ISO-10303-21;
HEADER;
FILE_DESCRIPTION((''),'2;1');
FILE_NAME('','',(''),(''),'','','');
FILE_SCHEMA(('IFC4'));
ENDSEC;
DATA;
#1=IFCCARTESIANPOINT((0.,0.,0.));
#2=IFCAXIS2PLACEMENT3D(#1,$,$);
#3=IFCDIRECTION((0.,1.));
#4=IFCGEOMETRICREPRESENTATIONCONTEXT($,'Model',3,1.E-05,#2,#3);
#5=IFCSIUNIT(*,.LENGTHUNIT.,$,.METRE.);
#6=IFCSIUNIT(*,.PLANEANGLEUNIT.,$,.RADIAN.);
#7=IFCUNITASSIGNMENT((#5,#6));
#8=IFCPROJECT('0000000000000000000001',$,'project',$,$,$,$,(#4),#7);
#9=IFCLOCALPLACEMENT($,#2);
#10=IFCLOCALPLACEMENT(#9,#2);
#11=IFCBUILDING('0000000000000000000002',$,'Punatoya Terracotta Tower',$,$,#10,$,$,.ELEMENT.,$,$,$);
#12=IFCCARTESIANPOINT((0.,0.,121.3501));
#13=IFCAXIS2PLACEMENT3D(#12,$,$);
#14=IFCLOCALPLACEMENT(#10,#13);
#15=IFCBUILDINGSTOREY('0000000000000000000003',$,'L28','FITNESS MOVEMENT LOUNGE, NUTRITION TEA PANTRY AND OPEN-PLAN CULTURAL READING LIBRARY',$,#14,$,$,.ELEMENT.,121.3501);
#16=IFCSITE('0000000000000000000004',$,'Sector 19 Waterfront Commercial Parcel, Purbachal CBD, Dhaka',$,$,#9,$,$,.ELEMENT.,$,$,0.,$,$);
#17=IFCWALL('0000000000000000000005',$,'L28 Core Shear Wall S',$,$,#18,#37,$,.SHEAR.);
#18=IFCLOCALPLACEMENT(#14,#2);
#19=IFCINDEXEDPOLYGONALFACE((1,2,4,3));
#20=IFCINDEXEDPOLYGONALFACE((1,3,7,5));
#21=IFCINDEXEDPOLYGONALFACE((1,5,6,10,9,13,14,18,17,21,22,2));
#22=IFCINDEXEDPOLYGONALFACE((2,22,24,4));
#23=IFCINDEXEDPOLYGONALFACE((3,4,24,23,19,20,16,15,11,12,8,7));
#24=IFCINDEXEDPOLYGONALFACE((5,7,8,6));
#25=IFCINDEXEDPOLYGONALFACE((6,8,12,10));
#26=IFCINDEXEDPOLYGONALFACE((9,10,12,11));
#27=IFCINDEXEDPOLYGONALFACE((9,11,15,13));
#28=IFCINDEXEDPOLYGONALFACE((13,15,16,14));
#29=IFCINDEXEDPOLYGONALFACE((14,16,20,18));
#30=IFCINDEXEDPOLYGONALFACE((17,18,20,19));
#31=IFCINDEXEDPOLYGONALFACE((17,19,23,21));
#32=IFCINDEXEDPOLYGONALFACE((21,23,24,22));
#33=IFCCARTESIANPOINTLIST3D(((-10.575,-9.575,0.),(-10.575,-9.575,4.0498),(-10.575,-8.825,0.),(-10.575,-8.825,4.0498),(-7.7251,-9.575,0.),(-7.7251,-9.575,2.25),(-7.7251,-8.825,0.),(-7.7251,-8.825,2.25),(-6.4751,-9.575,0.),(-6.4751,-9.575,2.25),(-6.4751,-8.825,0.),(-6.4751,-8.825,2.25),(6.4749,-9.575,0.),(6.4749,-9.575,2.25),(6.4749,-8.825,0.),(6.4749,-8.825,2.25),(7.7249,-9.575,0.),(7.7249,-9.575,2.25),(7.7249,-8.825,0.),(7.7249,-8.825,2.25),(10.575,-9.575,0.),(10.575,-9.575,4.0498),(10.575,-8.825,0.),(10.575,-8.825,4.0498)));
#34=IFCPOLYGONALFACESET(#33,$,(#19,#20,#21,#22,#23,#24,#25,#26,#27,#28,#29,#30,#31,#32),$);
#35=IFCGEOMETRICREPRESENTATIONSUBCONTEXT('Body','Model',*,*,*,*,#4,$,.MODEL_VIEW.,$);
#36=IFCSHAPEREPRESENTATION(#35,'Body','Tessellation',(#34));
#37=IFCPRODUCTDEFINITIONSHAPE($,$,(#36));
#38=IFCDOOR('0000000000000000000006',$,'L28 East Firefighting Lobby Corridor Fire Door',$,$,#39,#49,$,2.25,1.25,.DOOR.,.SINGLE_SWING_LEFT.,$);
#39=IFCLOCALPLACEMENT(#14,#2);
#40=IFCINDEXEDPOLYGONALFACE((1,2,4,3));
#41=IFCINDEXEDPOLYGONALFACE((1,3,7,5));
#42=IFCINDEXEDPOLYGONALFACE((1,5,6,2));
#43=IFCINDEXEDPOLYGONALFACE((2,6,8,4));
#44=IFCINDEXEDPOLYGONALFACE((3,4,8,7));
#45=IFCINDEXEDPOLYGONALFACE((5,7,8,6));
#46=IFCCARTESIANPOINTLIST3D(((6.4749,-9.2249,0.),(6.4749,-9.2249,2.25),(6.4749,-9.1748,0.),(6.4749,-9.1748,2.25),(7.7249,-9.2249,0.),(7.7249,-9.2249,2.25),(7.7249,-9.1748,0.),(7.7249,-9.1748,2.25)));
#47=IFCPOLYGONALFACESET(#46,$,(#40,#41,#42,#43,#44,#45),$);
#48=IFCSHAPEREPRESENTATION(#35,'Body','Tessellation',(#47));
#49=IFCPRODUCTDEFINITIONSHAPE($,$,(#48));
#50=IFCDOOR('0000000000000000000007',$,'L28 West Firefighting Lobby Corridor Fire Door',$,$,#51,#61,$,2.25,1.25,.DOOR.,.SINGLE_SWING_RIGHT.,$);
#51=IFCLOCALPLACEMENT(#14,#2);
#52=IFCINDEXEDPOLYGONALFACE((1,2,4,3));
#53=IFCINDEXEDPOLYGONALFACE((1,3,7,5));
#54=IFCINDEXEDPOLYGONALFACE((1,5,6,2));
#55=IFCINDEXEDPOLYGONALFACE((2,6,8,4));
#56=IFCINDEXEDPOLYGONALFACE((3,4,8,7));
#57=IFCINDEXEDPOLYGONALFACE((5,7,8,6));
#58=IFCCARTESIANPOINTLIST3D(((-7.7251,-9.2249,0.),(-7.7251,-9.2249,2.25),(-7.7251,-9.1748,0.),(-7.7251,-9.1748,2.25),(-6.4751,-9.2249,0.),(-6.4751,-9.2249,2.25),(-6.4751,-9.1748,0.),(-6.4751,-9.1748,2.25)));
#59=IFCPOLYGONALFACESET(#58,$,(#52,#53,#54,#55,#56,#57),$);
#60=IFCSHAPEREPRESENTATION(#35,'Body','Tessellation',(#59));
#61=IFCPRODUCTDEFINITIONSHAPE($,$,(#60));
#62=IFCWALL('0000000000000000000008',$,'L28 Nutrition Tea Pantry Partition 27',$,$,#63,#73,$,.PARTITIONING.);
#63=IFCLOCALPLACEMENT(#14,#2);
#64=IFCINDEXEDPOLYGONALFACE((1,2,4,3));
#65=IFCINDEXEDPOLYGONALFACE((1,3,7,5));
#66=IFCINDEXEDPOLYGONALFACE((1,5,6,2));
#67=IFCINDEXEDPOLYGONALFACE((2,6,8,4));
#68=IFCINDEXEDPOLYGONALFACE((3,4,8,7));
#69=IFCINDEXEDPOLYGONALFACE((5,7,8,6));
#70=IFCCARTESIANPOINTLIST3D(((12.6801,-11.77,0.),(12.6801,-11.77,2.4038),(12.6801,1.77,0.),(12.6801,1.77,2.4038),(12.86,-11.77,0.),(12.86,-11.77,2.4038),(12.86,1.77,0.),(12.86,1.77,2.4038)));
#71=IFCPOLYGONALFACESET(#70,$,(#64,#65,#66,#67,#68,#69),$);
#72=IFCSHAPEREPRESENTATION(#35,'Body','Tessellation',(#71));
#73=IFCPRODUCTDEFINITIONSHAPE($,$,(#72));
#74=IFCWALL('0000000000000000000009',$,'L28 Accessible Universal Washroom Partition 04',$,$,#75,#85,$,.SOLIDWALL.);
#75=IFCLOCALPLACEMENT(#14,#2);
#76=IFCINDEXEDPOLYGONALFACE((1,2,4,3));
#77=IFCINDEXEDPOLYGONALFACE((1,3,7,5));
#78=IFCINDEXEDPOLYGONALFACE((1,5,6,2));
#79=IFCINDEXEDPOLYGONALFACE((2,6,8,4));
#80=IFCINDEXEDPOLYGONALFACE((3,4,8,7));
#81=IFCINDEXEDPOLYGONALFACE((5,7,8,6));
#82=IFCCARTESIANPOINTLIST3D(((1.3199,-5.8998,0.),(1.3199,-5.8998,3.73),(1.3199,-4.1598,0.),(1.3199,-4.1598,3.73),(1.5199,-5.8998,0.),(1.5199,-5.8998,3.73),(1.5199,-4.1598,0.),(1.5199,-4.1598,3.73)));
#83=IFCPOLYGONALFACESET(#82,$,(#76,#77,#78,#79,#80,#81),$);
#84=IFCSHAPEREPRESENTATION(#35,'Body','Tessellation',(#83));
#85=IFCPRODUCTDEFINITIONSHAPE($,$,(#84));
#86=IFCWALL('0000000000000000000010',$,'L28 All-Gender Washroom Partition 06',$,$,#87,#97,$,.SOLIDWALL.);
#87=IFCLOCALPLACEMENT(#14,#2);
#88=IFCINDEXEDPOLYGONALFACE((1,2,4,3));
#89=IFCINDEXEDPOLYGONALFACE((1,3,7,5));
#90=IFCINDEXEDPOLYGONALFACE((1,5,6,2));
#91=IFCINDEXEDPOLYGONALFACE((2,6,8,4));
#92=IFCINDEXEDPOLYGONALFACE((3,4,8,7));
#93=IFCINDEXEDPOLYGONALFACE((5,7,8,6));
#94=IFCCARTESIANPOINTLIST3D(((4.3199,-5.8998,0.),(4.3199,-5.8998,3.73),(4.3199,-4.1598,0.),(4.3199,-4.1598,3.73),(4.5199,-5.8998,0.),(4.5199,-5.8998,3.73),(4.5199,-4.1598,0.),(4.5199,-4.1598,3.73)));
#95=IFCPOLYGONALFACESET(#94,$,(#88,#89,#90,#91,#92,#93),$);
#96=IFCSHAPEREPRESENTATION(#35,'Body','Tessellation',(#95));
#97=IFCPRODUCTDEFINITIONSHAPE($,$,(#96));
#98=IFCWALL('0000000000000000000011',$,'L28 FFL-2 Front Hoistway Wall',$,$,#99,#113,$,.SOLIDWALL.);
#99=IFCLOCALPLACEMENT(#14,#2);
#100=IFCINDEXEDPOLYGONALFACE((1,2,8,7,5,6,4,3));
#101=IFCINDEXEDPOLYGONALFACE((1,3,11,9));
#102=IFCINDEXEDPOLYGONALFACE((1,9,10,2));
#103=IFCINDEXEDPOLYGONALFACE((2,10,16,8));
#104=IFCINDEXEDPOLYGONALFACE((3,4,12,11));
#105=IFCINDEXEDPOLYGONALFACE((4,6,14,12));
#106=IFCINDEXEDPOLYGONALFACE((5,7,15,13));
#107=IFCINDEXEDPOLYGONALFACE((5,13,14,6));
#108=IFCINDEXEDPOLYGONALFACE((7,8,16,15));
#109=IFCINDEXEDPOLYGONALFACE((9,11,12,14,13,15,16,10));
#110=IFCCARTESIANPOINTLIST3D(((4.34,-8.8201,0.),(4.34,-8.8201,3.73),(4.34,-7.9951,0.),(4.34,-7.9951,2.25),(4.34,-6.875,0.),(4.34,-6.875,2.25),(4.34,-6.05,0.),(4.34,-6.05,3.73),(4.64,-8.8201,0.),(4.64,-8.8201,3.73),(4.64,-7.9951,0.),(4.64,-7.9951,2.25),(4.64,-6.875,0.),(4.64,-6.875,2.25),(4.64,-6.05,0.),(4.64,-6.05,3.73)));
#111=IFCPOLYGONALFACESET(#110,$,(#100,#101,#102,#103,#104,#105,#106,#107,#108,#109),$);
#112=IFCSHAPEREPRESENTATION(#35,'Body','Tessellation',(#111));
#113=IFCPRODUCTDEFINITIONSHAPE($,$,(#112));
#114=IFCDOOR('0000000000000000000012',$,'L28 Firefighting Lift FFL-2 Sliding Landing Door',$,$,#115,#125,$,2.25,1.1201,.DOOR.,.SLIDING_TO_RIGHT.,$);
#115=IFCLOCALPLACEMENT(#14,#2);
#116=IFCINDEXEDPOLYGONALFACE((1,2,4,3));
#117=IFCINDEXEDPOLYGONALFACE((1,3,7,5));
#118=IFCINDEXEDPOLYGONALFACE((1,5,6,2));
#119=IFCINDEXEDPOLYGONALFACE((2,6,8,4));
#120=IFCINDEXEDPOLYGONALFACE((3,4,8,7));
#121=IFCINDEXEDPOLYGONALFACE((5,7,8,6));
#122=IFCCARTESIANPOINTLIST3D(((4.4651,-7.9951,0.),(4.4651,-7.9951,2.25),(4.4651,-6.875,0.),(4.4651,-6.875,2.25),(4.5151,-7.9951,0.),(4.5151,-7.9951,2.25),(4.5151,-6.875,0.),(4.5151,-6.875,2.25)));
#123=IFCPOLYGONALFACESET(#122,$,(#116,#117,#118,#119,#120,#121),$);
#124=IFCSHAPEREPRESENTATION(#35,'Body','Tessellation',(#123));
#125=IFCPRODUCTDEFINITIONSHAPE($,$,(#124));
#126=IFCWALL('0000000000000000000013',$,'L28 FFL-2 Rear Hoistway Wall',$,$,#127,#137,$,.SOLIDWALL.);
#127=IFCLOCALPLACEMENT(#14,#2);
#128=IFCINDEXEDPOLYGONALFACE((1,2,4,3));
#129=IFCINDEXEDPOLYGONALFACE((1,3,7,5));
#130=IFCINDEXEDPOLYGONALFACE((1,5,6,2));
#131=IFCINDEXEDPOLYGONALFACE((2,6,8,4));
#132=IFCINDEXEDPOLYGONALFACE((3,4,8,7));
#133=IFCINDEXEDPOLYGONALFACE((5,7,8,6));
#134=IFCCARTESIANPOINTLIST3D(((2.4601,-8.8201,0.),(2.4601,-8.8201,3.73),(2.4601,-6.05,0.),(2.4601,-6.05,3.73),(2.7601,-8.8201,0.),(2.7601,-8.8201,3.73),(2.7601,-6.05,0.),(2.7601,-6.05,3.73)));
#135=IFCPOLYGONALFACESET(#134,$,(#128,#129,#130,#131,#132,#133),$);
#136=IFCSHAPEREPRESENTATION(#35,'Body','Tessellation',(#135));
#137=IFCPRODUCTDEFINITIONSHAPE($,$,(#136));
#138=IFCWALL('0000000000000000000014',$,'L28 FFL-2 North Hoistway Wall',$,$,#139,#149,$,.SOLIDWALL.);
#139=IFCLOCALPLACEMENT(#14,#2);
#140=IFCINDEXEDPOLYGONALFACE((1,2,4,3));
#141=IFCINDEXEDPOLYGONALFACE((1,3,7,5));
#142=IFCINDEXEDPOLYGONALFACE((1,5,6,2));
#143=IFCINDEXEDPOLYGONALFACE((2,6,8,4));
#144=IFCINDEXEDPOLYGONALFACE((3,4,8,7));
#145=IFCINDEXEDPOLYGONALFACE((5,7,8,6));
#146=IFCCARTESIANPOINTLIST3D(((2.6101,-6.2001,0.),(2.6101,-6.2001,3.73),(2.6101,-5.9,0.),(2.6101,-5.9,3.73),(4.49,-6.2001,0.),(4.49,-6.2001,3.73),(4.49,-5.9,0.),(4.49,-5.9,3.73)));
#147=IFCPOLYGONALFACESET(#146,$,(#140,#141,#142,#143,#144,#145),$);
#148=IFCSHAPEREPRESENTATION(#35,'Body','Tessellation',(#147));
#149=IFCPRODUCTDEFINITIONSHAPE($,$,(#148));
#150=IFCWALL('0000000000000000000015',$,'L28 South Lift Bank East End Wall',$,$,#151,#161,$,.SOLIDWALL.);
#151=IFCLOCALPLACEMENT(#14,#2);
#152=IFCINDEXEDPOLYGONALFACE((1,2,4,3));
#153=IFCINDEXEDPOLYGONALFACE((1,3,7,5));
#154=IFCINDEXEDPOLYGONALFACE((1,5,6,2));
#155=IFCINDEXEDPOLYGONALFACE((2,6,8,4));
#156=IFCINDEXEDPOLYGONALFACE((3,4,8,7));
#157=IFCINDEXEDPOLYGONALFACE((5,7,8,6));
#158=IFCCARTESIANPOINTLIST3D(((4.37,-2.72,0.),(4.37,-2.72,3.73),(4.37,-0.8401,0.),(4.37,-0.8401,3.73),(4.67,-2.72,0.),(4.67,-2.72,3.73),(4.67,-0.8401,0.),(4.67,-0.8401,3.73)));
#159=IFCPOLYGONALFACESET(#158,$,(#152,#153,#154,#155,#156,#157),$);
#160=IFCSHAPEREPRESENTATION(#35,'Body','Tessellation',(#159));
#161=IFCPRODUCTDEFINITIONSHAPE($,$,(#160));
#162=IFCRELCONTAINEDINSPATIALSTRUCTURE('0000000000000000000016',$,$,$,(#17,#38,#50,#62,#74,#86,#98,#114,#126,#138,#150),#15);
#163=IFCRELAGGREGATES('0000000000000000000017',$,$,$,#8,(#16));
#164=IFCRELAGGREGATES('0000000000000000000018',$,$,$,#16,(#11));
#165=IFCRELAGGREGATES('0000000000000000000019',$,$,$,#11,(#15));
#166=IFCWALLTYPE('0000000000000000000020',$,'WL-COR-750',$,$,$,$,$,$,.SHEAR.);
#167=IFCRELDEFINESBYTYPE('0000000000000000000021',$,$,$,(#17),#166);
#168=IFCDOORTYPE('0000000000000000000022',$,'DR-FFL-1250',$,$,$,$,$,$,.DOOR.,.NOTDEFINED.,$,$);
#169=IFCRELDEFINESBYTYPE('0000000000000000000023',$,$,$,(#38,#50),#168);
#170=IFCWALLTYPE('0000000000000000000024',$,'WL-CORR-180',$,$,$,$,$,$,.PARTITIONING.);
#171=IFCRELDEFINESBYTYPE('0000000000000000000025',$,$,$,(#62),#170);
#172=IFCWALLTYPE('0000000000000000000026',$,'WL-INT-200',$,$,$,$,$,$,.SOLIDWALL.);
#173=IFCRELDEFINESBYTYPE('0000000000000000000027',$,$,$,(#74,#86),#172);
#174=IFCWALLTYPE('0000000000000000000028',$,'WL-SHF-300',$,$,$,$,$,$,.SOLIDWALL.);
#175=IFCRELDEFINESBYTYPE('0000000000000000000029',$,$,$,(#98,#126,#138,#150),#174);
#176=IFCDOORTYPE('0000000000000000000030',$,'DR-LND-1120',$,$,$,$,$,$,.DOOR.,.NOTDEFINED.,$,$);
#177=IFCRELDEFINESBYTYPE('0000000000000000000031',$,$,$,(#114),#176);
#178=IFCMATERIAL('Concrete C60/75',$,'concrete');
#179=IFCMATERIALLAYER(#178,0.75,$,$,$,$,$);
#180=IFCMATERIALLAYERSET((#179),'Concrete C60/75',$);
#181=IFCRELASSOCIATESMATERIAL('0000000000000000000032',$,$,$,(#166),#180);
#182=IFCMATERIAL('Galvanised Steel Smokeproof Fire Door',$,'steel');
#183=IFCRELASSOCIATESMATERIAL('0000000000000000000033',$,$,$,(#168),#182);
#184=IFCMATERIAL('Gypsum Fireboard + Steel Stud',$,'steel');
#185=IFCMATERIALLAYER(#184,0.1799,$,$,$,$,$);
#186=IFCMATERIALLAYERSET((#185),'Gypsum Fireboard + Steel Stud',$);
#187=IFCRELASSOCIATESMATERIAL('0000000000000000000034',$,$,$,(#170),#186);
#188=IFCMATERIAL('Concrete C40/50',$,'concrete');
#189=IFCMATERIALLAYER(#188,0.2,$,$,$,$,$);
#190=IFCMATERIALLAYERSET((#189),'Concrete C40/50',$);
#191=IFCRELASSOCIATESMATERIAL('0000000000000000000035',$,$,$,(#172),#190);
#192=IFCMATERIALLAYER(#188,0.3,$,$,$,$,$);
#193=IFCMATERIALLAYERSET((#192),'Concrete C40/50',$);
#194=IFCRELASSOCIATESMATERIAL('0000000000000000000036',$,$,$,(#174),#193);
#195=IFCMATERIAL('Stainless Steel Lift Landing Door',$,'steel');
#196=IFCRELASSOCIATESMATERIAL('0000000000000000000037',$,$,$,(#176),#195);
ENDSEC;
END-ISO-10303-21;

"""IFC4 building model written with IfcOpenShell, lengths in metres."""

from ifc_helpers import new_model, si_unit, direction, frame, frame_2d, origin, place, context, subcontext, project, spatial, rectangle, extrude, material, layer, layer_set, type_object, element, fill, save


model = new_model("IFC4")

# Units and contexts
model_context = context("Model", 3, precision=1e-05, world=origin(), true_north=direction((0.0, 1.0)))
body_context = subcontext(model_context, "Body", "Model", "MODEL_VIEW")
ifc_project = project(units=[si_unit("LENGTHUNIT", "METRE"), si_unit("PLANEANGLEUNIT", "RADIAN")], contexts=[model_context])

# Site, building, storey
site_placement = place(None, origin())
site = spatial("IfcSite", under=ifc_project, at=site_placement, Name="Sector 19 Waterfront Commercial Parcel, Purbachal CBD, Dhaka", CompositionType="ELEMENT", RefElevation=0.0)
building_placement = place(site_placement, origin())
building = spatial("IfcBuilding", under=site, at=building_placement, Name="Punatoya Terracotta Tower", CompositionType="ELEMENT")
storey_placement = place(building_placement, frame((0.0, 0.0, 121.3501)))
storey = spatial("IfcBuildingStorey", under=building, at=storey_placement, Name="L28", Description="FITNESS MOVEMENT LOUNGE, NUTRITION TEA PANTRY AND OPEN-PLAN CULTURAL READING LIBRARY", CompositionType="ELEMENT", Elevation=121.3501)

# Wall, openings, doors
ifc_material_1 = material(Name="Concrete C60/75", Category="concrete")
ifc_layer_1 = layer(ifc_material_1, 0.75)
ifc_layer_set_1 = layer_set([ifc_layer_1], Name="Concrete C60/75")
wall_type_1 = type_object("IfcWallType", Name="WL-COR-750", PredefinedType="SHEAR", material=ifc_layer_set_1)
wall_1_placement = place(storey_placement, frame((10.575, -9.2, 0.0), z_axis=(0.0, 0.0, 1.0), x_axis=(-1.0, 0.0, 0.0)))
wall_1 = element("IfcWall", 1, at=wall_1_placement, inside=storey, type_object=wall_type_1, Name="L28 Core Shear Wall S", PredefinedType="SHEAR", context=body_context, shape_type="SweptSolid", body=[
    extrude(rectangle(XDim=21.1499, YDim=0.75, at=frame_2d((10.575, 0.0))), origin(), (0.0, 0.0, 1.0), 4.0498),
])
opening_1_placement = place(wall_1_placement, frame((2.8501, 0.0, 0.0)))
opening_1 = element("IfcOpeningElement", 2, at=opening_1_placement, cuts=wall_1, PredefinedType="OPENING", context=body_context, shape_type="SweptSolid", body=[
    extrude(rectangle(XDim=1.25, YDim=2.25, at=frame_2d((0.625, 1.125))), frame((0.0, 0.385, 0.0), z_axis=(0.0, -1.0, 0.0), x_axis=(1.0, 0.0, 0.0)), (0.0, 0.0, 1.0), 0.77),
])
opening_2_placement = place(wall_1_placement, frame((17.05, 0.0, 0.0)))
opening_2 = element("IfcOpeningElement", 3, at=opening_2_placement, cuts=wall_1, PredefinedType="OPENING", context=body_context, shape_type="SweptSolid", body=[
    extrude(rectangle(XDim=1.25, YDim=2.25, at=frame_2d((0.625, 1.125))), frame((0.0, 0.385, 0.0), z_axis=(0.0, -1.0, 0.0), x_axis=(1.0, 0.0, 0.0)), (0.0, 0.0, 1.0), 0.77),
])
ifc_material_2 = material(Name="Galvanised Steel Smokeproof Fire Door", Category="steel")
door_type_1 = type_object("IfcDoorType", Name="DR-FFL-1250", OperationType="NOTDEFINED", PredefinedType="DOOR", material=ifc_material_2)
door_1_placement = place(opening_1_placement, origin())
door_1 = element("IfcDoor", 4, at=door_1_placement, inside=storey, type_object=door_type_1, Name="L28 East Firefighting Lobby Corridor Fire Door", OperationType="SINGLE_SWING_LEFT", OverallHeight=2.25, OverallWidth=1.25, PredefinedType="DOOR", context=body_context, shape_type="SweptSolid", body=[
    extrude(rectangle(XDim=1.25, YDim=2.25, at=frame_2d((0.625, 1.125))), frame((0.0, 0.0249, 0.0), z_axis=(0.0, -1.0, 0.0), x_axis=(1.0, 0.0, 0.0)), (0.0, 0.0, 1.0), 0.05),
])
fill(opening_1, door_1)
door_2_placement = place(opening_2_placement, origin())
door_2 = element("IfcDoor", 5, at=door_2_placement, inside=storey, type_object=door_type_1, Name="L28 West Firefighting Lobby Corridor Fire Door", OperationType="SINGLE_SWING_RIGHT", OverallHeight=2.25, OverallWidth=1.25, PredefinedType="DOOR", context=body_context, shape_type="SweptSolid", body=[
    extrude(rectangle(XDim=1.25, YDim=2.25, at=frame_2d((0.625, 1.125))), frame((0.0, 0.0249, 0.0), z_axis=(0.0, -1.0, 0.0), x_axis=(1.0, 0.0, 0.0)), (0.0, 0.0, 1.0), 0.05),
])
fill(opening_2, door_2)

# Walls
ifc_material_3 = material(Name="Gypsum Fireboard + Steel Stud", Category="steel")
ifc_layer_2 = layer(ifc_material_3, 0.1799)
ifc_layer_set_2 = layer_set([ifc_layer_2], Name="Gypsum Fireboard + Steel Stud")
wall_type_2 = type_object("IfcWallType", Name="WL-CORR-180", PredefinedType="PARTITIONING", material=ifc_layer_set_2)
wall_2_placement = place(storey_placement, frame((12.77, -11.77, 0.0), z_axis=(0.0, 0.0, 1.0), x_axis=(0.0, 1.0, 0.0)))
element("IfcWall", 6, at=wall_2_placement, inside=storey, type_object=wall_type_2, Name="L28 Nutrition Tea Pantry Partition 27", PredefinedType="PARTITIONING", context=body_context, shape_type="SweptSolid", body=[
    extrude(rectangle(XDim=13.54, YDim=0.1799, at=frame_2d((6.77, 0.0))), origin(), (0.0, 0.0, 1.0), 2.4038),
])
ifc_material_4 = material(Name="Concrete C40/50", Category="concrete")
ifc_layer_3 = layer(ifc_material_4, 0.2)
ifc_layer_set_3 = layer_set([ifc_layer_3], Name="Concrete C40/50")
wall_type_3 = type_object("IfcWallType", Name="WL-INT-200", PredefinedType="SOLIDWALL", material=ifc_layer_set_3)
wall_3_placement = place(storey_placement, frame((1.4199, -5.8999, 0.0), z_axis=(0.0, 0.0, 1.0), x_axis=(0.0, 1.0, 0.0)))
element("IfcWall", 7, at=wall_3_placement, inside=storey, type_object=wall_type_3, Name="L28 Accessible Universal Washroom Partition 04", PredefinedType="SOLIDWALL", context=body_context, shape_type="SweptSolid", body=[
    extrude(rectangle(XDim=1.74, YDim=0.2, at=frame_2d((0.8701, 0.0))), origin(), (0.0, 0.0, 1.0), 3.73),
])

# Wall
wall_4_placement = place(storey_placement, frame((4.4199, -5.8999, 0.0), z_axis=(0.0, 0.0, 1.0), x_axis=(0.0, 1.0, 0.0)))
element("IfcWall", 8, at=wall_4_placement, inside=storey, type_object=wall_type_3, Name="L28 All-Gender Washroom Partition 06", PredefinedType="SOLIDWALL", context=body_context, shape_type="SweptSolid", body=[
    extrude(rectangle(XDim=1.74, YDim=0.2, at=frame_2d((0.8701, 0.0))), origin(), (0.0, 0.0, 1.0), 3.73),
])

# Wall, opening, door
ifc_layer_4 = layer(ifc_material_4, 0.3)
ifc_layer_set_4 = layer_set([ifc_layer_4], Name="Concrete C40/50")
wall_type_4 = type_object("IfcWallType", Name="WL-SHF-300", PredefinedType="SOLIDWALL", material=ifc_layer_set_4)
wall_5_placement = place(storey_placement, frame((4.49, -8.8201, 0.0), z_axis=(0.0, 0.0, 1.0), x_axis=(0.0, 1.0, 0.0)))
wall_5 = element("IfcWall", 9, at=wall_5_placement, inside=storey, type_object=wall_type_4, Name="L28 FFL-2 Front Hoistway Wall", PredefinedType="SOLIDWALL", context=body_context, shape_type="SweptSolid", body=[
    extrude(rectangle(XDim=2.77, YDim=0.3, at=frame_2d((1.385, 0.0))), origin(), (0.0, 0.0, 1.0), 3.73),
])
opening_3_placement = place(wall_5_placement, frame((0.825, 0.0, 0.0)))
opening_3 = element("IfcOpeningElement", 10, at=opening_3_placement, cuts=wall_5, PredefinedType="OPENING", context=body_context, shape_type="SweptSolid", body=[
    extrude(rectangle(XDim=1.1201, YDim=2.25, at=frame_2d((0.5601, 1.125))), frame((0.0, 0.1599, 0.0), z_axis=(0.0, -1.0, 0.0), x_axis=(1.0, 0.0, 0.0)), (0.0, 0.0, 1.0), 0.3201),
])
ifc_material_5 = material(Name="Stainless Steel Lift Landing Door", Category="steel")
door_type_2 = type_object("IfcDoorType", Name="DR-LND-1120", OperationType="NOTDEFINED", PredefinedType="DOOR", material=ifc_material_5)
door_3_placement = place(opening_3_placement, origin())
door_3 = element("IfcDoor", 11, at=door_3_placement, inside=storey, type_object=door_type_2, Name="L28 Firefighting Lift FFL-2 Sliding Landing Door", OperationType="SLIDING_TO_RIGHT", OverallHeight=2.25, OverallWidth=1.1201, PredefinedType="DOOR", context=body_context, shape_type="SweptSolid", body=[
    extrude(rectangle(XDim=1.1201, YDim=2.25, at=frame_2d((0.5601, 1.125))), frame((0.0, 0.0249, 0.0), z_axis=(0.0, -1.0, 0.0), x_axis=(1.0, 0.0, 0.0)), (0.0, 0.0, 1.0), 0.05),
])
fill(opening_3, door_3)

# Walls
wall_6_placement = place(storey_placement, frame((2.6101, -8.8201, 0.0), z_axis=(0.0, 0.0, 1.0), x_axis=(0.0, 1.0, 0.0)))
element("IfcWall", 12, at=wall_6_placement, inside=storey, type_object=wall_type_4, Name="L28 FFL-2 Rear Hoistway Wall", PredefinedType="SOLIDWALL", context=body_context, shape_type="SweptSolid", body=[
    extrude(rectangle(XDim=2.77, YDim=0.3, at=frame_2d((1.385, 0.0))), origin(), (0.0, 0.0, 1.0), 3.73),
])
for number, where, z_axis, x_axis, name in (
    (13, (2.6101, -6.05, 0.0), (0.0, 0.0, 1.0), (1.0, 0.0, 0.0), "L28 FFL-2 North Hoistway Wall"),
    (14, (4.52, -2.72, 0.0), (0.0, 0.0, 1.0), (0.0, 1.0, 0.0), "L28 South Lift Bank East End Wall"),
):
    element("IfcWall", number, at=place(storey_placement, frame(where, z_axis=z_axis, x_axis=x_axis)), inside=storey, type_object=wall_type_4, Name=name, PredefinedType="SOLIDWALL", context=body_context, shape_type="SweptSolid", body=[
        extrude(rectangle(XDim=1.8799, YDim=0.3, at=frame_2d((0.9399, 0.0))), origin(), (0.0, 0.0, 1.0), 3.73),
    ])

save(model, "model.ifc")
